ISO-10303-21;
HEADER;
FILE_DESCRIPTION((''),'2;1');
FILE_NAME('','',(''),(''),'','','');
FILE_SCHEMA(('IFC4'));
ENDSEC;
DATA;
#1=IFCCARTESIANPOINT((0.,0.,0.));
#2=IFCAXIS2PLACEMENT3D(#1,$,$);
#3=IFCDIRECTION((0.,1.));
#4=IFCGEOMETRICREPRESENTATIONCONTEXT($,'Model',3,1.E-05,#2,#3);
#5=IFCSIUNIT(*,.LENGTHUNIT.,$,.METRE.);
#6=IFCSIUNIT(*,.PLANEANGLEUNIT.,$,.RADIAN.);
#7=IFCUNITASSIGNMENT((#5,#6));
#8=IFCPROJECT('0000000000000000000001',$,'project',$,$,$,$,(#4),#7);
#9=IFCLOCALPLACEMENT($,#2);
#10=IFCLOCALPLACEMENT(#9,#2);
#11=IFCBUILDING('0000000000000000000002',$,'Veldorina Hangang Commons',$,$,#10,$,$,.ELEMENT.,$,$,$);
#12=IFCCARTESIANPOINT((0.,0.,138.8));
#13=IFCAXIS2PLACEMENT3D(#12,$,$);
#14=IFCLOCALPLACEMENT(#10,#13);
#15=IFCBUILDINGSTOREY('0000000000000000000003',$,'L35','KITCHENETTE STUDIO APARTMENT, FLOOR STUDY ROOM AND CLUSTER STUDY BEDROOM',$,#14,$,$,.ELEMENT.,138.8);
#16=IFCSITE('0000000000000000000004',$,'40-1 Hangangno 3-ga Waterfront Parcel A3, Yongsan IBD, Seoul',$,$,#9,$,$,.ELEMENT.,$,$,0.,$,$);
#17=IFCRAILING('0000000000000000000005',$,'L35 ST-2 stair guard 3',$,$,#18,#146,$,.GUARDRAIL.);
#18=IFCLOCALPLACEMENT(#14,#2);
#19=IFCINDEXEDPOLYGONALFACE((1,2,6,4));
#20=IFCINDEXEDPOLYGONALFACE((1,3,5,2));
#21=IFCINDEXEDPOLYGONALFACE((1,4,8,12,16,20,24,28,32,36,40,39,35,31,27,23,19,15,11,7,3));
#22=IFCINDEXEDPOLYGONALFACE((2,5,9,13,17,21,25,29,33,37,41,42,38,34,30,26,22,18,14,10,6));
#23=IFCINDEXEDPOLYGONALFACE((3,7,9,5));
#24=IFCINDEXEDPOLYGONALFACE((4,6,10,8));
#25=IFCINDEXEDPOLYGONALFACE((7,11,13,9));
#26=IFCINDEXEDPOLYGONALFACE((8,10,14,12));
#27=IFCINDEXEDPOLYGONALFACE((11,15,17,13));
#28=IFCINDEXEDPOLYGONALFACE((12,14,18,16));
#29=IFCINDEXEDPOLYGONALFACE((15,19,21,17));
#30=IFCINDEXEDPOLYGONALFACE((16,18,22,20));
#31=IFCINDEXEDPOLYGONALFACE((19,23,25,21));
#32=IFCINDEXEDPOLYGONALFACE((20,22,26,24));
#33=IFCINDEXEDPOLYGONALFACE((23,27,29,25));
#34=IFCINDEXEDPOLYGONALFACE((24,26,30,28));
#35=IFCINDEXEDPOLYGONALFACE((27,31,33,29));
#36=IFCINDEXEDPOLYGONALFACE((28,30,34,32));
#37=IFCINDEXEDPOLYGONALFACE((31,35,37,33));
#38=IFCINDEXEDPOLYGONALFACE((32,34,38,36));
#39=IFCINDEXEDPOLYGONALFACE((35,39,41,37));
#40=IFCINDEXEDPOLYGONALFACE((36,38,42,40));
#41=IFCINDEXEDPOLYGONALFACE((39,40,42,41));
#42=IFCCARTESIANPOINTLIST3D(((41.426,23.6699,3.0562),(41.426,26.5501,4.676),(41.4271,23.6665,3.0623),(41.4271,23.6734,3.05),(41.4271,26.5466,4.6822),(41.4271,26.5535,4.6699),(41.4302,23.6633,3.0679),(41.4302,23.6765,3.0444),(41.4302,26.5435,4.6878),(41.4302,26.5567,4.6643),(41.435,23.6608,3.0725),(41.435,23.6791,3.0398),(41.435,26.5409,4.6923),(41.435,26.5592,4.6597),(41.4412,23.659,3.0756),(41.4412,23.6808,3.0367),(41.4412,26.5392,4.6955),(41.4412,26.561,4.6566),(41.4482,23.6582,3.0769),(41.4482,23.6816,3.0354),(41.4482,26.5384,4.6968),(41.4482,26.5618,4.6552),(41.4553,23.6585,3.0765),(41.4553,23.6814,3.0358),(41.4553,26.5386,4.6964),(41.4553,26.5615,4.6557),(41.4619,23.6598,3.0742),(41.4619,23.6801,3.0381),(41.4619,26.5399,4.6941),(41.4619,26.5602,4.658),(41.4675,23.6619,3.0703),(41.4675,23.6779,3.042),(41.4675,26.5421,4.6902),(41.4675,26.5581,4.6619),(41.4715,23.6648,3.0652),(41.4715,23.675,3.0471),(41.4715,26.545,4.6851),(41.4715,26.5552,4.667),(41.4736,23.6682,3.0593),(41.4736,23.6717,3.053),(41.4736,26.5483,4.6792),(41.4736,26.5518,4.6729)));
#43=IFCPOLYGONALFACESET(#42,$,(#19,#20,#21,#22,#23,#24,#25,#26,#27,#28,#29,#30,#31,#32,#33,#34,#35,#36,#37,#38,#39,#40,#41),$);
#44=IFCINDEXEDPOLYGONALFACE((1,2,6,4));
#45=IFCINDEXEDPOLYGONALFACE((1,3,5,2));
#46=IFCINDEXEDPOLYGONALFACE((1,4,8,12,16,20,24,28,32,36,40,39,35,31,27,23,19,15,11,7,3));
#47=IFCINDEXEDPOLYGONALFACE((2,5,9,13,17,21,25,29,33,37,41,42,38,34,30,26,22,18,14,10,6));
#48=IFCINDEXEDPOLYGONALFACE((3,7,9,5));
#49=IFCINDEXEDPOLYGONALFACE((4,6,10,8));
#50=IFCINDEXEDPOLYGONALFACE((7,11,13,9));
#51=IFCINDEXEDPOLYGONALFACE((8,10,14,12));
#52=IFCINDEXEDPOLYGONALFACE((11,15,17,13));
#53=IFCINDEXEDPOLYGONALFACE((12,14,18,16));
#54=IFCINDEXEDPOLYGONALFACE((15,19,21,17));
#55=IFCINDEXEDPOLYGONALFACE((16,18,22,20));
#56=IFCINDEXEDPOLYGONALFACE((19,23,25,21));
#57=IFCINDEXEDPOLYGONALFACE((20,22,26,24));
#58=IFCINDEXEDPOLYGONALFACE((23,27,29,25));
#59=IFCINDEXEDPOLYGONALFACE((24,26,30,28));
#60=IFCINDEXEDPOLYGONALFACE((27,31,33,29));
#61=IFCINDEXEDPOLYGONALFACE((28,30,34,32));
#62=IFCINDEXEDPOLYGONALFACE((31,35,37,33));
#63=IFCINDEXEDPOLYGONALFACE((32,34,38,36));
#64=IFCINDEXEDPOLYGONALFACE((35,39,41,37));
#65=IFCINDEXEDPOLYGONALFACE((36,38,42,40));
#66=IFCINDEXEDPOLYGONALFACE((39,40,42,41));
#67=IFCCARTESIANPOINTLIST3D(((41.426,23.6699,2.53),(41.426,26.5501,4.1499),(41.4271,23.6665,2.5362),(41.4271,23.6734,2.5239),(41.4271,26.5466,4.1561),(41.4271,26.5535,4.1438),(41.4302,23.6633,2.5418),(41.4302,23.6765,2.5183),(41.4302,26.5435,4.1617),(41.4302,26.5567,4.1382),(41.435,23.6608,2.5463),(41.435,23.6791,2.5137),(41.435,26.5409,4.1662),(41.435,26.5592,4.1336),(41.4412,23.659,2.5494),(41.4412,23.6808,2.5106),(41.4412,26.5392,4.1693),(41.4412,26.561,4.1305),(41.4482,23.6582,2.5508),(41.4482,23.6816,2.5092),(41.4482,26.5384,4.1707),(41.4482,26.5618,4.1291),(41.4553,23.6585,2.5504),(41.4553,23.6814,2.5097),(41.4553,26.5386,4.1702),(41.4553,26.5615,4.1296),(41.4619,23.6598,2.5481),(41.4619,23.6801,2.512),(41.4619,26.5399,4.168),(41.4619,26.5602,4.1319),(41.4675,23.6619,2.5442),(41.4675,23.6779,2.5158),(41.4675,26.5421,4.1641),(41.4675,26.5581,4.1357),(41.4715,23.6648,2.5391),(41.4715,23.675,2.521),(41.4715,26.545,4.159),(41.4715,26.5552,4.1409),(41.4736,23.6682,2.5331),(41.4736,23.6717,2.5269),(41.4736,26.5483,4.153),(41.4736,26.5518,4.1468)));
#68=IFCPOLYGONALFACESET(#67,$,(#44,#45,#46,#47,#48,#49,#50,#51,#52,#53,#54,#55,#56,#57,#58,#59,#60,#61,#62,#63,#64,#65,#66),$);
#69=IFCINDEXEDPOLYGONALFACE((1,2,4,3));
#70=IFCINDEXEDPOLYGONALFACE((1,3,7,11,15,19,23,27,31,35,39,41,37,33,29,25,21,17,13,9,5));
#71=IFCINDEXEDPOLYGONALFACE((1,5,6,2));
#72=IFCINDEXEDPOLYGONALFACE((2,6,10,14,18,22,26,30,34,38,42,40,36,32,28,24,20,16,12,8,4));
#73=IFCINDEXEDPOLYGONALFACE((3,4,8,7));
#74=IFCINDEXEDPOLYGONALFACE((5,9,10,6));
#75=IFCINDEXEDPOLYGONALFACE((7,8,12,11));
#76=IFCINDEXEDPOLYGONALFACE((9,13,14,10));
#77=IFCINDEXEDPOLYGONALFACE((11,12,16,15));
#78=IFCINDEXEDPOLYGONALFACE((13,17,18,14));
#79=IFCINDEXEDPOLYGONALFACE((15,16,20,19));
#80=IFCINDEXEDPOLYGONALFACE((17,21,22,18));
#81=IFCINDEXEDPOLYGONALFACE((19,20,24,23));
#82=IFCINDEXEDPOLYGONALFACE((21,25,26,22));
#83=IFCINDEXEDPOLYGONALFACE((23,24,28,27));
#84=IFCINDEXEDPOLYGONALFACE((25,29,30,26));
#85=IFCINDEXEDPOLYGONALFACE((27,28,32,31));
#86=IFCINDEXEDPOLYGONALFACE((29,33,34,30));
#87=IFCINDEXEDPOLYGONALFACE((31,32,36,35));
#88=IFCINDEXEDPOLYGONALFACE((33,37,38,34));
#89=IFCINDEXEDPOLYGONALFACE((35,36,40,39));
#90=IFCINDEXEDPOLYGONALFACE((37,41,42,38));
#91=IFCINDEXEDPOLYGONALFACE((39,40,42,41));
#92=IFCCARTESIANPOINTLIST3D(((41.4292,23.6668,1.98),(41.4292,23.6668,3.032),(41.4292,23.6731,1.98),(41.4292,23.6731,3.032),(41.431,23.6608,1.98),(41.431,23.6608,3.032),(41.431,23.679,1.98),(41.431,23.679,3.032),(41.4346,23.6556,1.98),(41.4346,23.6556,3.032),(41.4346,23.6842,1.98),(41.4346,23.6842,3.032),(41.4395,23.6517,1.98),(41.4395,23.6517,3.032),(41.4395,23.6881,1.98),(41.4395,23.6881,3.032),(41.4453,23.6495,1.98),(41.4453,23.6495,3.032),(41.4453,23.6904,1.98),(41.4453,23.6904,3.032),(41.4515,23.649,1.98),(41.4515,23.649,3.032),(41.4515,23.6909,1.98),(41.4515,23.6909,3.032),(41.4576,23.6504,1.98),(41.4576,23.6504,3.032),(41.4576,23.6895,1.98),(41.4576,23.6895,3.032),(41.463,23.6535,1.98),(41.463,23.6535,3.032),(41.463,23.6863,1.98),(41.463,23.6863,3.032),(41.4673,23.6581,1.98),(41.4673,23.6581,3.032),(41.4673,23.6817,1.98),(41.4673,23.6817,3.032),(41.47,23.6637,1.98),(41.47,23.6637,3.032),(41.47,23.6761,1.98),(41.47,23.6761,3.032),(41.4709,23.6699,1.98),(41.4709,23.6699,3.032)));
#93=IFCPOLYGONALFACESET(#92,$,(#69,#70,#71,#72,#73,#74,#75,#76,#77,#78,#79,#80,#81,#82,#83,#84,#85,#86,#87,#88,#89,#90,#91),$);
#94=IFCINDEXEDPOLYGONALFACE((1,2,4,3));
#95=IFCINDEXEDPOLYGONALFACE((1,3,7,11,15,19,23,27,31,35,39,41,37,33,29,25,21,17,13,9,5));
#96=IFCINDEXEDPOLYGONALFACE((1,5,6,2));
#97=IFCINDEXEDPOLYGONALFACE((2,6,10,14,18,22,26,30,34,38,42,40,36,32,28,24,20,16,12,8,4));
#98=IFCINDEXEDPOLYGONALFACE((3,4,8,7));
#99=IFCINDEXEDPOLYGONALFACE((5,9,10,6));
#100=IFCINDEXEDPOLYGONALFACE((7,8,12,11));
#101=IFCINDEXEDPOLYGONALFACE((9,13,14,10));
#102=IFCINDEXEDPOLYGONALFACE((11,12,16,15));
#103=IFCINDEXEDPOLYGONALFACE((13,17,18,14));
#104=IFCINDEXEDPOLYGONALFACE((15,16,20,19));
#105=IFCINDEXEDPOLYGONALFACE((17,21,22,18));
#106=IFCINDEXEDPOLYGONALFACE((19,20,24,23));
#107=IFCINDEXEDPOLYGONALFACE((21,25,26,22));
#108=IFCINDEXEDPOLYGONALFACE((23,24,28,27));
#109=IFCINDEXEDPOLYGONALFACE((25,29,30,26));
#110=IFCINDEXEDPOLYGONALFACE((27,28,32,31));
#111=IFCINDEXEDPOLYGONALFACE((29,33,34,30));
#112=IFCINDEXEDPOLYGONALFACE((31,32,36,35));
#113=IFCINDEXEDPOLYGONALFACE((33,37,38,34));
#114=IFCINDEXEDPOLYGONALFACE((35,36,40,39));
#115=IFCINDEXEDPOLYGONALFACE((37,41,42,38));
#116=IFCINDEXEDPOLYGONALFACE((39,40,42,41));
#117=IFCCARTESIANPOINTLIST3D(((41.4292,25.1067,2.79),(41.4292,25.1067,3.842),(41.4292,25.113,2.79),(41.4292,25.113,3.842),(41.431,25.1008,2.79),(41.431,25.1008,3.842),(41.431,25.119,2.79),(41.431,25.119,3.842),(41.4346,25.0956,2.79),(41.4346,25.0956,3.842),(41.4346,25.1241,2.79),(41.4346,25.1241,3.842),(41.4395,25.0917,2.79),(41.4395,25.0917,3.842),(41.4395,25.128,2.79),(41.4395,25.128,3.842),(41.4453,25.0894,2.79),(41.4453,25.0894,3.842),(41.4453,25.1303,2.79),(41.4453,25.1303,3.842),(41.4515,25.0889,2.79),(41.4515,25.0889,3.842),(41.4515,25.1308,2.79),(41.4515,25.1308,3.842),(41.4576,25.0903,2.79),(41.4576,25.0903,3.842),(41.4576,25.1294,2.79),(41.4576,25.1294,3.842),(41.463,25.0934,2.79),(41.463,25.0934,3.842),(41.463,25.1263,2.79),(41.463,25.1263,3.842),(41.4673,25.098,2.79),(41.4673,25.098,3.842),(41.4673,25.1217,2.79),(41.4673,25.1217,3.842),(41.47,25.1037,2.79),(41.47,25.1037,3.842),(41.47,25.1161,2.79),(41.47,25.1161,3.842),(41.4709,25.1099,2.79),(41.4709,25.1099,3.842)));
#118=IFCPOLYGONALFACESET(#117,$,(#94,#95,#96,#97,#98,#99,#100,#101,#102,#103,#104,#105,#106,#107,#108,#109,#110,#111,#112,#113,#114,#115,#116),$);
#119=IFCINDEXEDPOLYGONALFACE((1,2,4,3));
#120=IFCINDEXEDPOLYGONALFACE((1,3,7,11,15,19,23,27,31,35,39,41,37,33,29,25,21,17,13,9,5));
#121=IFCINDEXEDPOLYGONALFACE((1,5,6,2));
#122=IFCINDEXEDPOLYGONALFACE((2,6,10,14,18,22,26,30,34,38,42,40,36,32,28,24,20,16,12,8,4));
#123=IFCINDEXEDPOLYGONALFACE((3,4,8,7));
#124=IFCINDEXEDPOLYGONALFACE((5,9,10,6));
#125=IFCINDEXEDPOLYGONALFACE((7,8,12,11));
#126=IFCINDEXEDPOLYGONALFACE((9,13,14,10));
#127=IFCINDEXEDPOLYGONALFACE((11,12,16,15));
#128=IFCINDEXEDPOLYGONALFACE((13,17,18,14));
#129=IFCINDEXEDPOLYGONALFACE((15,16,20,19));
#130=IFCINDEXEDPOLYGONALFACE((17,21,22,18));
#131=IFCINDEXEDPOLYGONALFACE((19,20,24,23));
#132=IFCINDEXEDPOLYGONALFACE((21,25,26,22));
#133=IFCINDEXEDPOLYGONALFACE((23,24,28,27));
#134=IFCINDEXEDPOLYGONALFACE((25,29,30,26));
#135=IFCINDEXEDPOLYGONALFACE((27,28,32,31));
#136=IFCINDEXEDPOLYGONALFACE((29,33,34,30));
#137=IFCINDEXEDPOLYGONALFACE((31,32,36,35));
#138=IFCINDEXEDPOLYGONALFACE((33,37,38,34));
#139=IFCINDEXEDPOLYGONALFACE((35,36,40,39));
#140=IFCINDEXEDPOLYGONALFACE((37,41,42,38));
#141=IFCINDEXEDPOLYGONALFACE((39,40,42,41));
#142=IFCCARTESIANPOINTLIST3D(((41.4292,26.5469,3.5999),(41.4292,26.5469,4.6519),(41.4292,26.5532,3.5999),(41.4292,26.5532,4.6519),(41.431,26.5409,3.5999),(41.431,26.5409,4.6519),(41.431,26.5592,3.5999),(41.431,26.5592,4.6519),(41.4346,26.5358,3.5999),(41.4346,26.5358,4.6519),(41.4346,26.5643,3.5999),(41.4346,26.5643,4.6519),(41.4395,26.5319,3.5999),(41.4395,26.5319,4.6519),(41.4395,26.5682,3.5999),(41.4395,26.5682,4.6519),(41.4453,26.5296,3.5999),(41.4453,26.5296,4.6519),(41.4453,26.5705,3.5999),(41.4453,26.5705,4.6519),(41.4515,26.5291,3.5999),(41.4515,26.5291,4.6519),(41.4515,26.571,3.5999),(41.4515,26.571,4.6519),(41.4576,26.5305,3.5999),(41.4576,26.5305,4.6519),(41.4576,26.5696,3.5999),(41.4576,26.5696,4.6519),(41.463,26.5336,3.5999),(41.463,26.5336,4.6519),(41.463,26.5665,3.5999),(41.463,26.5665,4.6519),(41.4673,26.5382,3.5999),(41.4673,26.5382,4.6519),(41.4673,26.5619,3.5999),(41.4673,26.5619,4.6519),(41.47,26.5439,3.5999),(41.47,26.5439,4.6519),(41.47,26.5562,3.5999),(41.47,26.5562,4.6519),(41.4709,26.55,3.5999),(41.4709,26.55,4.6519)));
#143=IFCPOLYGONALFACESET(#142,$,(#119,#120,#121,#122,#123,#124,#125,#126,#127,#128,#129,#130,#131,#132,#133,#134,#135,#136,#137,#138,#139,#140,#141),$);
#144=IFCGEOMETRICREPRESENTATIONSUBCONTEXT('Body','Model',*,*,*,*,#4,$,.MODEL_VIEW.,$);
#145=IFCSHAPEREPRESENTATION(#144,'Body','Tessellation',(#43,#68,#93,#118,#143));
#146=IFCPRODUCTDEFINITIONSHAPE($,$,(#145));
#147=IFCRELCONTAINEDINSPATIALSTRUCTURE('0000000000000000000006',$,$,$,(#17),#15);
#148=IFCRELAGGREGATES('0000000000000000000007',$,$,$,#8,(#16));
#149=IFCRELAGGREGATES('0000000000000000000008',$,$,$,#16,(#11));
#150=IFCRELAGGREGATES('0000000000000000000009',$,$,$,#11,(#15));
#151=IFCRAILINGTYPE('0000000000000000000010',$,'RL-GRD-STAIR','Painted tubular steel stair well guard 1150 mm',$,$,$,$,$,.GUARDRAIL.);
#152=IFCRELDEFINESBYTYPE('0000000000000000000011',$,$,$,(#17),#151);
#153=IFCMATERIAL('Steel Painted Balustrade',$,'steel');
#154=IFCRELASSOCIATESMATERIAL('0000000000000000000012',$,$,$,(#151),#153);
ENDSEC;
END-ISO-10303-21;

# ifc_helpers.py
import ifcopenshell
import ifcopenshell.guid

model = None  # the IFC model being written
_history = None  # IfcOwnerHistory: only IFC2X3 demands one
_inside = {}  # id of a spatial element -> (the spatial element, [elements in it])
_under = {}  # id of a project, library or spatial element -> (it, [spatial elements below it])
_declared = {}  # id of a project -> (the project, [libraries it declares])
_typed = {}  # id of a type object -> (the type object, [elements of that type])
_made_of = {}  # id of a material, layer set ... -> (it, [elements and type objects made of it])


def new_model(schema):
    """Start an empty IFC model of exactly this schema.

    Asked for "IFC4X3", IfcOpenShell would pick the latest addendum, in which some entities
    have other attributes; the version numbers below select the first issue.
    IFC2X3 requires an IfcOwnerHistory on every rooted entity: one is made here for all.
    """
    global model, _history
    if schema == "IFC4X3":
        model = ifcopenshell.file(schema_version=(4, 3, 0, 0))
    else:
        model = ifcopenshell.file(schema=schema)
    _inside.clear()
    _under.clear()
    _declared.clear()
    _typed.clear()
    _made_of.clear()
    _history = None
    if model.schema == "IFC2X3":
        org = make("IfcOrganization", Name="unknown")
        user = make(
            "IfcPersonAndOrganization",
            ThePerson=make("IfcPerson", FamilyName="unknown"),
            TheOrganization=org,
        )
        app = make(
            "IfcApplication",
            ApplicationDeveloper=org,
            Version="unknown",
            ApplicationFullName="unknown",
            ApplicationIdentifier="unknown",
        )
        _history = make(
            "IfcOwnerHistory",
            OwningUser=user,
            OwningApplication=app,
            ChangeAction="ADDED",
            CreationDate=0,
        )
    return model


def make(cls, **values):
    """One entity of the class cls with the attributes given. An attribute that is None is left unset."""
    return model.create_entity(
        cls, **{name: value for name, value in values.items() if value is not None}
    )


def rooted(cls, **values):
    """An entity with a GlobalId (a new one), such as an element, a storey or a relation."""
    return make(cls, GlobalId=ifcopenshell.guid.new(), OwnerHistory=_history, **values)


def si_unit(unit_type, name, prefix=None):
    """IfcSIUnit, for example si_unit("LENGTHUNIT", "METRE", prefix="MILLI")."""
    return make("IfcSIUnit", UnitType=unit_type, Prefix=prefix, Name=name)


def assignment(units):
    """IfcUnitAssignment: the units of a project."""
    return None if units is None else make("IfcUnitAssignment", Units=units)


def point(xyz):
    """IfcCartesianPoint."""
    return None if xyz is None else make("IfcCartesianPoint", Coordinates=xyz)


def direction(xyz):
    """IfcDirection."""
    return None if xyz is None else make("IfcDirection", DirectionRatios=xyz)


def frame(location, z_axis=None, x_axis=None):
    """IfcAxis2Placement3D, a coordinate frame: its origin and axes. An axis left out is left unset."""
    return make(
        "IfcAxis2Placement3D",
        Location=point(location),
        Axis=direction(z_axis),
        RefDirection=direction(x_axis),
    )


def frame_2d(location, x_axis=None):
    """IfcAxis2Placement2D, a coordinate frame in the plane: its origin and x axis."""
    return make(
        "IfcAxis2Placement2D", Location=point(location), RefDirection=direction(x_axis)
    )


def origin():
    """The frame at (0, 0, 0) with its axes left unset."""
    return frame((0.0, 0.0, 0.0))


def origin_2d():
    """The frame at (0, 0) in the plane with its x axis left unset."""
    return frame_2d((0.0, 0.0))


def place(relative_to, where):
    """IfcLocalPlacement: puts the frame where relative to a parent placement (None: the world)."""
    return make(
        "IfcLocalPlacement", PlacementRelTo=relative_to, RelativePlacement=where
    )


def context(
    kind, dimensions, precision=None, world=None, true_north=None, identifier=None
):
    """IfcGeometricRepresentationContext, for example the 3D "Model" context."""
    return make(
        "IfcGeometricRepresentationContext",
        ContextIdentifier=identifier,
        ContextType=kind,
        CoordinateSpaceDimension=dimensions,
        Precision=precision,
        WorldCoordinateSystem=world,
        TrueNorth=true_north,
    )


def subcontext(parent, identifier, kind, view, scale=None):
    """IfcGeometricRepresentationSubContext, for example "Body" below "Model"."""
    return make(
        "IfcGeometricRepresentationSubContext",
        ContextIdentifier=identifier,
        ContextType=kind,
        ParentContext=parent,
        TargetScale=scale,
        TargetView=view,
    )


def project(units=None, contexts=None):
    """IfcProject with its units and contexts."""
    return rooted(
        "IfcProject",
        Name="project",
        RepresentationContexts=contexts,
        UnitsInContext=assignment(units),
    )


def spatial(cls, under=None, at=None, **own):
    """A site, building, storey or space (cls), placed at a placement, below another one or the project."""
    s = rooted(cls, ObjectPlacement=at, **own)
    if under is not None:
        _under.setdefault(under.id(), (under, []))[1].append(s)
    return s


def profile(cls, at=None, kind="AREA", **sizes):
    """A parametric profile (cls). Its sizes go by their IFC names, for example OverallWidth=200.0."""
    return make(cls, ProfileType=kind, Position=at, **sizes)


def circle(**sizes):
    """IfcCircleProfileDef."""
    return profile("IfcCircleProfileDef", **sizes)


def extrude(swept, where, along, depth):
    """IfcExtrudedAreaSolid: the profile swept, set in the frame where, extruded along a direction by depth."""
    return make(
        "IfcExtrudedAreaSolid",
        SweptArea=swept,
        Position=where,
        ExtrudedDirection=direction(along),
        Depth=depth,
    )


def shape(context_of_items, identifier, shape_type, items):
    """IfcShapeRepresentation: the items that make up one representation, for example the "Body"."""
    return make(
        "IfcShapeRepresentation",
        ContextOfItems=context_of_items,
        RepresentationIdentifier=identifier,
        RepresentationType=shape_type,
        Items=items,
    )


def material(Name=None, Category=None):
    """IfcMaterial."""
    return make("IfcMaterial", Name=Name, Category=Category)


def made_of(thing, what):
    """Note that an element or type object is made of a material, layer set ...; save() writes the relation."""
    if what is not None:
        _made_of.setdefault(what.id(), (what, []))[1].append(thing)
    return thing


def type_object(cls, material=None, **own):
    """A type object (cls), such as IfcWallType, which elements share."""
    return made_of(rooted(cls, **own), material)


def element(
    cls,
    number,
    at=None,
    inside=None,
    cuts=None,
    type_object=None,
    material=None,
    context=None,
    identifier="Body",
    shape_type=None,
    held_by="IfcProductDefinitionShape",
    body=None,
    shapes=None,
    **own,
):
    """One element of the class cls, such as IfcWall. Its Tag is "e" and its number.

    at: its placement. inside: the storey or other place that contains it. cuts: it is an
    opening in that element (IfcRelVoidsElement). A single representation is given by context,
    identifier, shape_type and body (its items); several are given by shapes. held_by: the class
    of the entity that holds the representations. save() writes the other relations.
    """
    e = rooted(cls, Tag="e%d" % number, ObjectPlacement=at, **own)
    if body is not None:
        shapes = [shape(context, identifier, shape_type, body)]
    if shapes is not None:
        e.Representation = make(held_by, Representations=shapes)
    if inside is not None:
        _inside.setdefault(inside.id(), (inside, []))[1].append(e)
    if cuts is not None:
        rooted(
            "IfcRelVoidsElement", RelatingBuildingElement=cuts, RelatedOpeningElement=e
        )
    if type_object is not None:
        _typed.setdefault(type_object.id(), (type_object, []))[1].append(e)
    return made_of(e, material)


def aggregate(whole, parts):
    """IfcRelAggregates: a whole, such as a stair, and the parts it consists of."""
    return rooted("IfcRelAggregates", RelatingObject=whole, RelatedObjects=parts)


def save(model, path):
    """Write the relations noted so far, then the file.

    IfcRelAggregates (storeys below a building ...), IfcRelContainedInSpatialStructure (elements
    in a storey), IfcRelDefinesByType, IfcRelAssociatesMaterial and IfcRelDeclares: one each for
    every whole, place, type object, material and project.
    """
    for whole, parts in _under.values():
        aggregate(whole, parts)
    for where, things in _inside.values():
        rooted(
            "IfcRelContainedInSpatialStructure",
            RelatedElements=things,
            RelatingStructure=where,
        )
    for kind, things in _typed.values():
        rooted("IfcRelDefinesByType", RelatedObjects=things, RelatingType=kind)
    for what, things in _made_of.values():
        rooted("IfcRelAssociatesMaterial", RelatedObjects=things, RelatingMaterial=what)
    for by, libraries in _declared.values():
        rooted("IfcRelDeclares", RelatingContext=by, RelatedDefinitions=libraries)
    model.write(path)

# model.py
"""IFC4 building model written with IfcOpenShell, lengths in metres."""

from ifc_helpers import new_model, si_unit, direction, frame, origin, origin_2d, place, context, subcontext, project, spatial, circle, extrude, material, type_object, element, save


model = new_model("IFC4")

# Units and contexts
model_context = context("Model", 3, precision=1e-05, world=origin(), true_north=direction((0.0, 1.0)))
body_context = subcontext(model_context, "Body", "Model", "MODEL_VIEW")
ifc_project = project(units=[si_unit("LENGTHUNIT", "METRE"), si_unit("PLANEANGLEUNIT", "RADIAN")], contexts=[model_context])

# Site, building, storey
site_placement = place(None, origin())
site = spatial("IfcSite", under=ifc_project, at=site_placement, Name="40-1 Hangangno 3-ga Waterfront Parcel A3, Yongsan IBD, Seoul", CompositionType="ELEMENT", RefElevation=0.0)
building_placement = place(site_placement, origin())
building = spatial("IfcBuilding", under=site, at=building_placement, Name="Veldorina Hangang Commons", CompositionType="ELEMENT")
storey_placement = place(building_placement, frame((0.0, 0.0, 138.8)))
storey = spatial("IfcBuildingStorey", under=building, at=storey_placement, Name="L35", Description="KITCHENETTE STUDIO APARTMENT, FLOOR STUDY ROOM AND CLUSTER STUDY BEDROOM", CompositionType="ELEMENT", Elevation=138.8)

# Railing
ifc_material_1 = material(Name="Steel Painted Balustrade", Category="steel")
railing_type_1 = type_object("IfcRailingType", Name="RL-GRD-STAIR", Description="Painted tubular steel stair well guard 1150 mm", PredefinedType="GUARDRAIL", material=ifc_material_1)
railing_1_placement = place(storey_placement, frame((41.45, 23.6699, 1.98)))
element("IfcRailing", 1, at=railing_1_placement, inside=storey, type_object=railing_type_1, Name="L35 ST-2 stair guard 3", PredefinedType="GUARDRAIL", context=body_context, shape_type="SweptSolid", body=[
    extrude(circle(Radius=0.0239, at=origin_2d()), frame((0.0, 0.0, 1.0762), z_axis=(0.0, 0.871601, 0.490216), x_axis=(-1.0, 0.0, 0.0)), (0.0, 0.0, 1.0), 3.3044),
    extrude(circle(Radius=0.0239, at=origin_2d()), frame((0.0, 0.0, 0.55), z_axis=(0.0, 0.871601, 0.490216), x_axis=(-1.0, 0.0, 0.0)), (0.0, 0.0, 1.0), 3.3044),
    extrude(circle(Radius=0.021, at=origin_2d()), origin(), (0.0, 0.0, 1.0), 1.052),
    extrude(circle(Radius=0.021, at=origin_2d()), frame((0.0, 1.4399, 0.8101)), (0.0, 0.0, 1.0), 1.052),
    extrude(circle(Radius=0.021, at=origin_2d()), frame((0.0, 2.8801, 1.6199)), (0.0, 0.0, 1.0), 1.052),
])

save(model, "model.ifc")
